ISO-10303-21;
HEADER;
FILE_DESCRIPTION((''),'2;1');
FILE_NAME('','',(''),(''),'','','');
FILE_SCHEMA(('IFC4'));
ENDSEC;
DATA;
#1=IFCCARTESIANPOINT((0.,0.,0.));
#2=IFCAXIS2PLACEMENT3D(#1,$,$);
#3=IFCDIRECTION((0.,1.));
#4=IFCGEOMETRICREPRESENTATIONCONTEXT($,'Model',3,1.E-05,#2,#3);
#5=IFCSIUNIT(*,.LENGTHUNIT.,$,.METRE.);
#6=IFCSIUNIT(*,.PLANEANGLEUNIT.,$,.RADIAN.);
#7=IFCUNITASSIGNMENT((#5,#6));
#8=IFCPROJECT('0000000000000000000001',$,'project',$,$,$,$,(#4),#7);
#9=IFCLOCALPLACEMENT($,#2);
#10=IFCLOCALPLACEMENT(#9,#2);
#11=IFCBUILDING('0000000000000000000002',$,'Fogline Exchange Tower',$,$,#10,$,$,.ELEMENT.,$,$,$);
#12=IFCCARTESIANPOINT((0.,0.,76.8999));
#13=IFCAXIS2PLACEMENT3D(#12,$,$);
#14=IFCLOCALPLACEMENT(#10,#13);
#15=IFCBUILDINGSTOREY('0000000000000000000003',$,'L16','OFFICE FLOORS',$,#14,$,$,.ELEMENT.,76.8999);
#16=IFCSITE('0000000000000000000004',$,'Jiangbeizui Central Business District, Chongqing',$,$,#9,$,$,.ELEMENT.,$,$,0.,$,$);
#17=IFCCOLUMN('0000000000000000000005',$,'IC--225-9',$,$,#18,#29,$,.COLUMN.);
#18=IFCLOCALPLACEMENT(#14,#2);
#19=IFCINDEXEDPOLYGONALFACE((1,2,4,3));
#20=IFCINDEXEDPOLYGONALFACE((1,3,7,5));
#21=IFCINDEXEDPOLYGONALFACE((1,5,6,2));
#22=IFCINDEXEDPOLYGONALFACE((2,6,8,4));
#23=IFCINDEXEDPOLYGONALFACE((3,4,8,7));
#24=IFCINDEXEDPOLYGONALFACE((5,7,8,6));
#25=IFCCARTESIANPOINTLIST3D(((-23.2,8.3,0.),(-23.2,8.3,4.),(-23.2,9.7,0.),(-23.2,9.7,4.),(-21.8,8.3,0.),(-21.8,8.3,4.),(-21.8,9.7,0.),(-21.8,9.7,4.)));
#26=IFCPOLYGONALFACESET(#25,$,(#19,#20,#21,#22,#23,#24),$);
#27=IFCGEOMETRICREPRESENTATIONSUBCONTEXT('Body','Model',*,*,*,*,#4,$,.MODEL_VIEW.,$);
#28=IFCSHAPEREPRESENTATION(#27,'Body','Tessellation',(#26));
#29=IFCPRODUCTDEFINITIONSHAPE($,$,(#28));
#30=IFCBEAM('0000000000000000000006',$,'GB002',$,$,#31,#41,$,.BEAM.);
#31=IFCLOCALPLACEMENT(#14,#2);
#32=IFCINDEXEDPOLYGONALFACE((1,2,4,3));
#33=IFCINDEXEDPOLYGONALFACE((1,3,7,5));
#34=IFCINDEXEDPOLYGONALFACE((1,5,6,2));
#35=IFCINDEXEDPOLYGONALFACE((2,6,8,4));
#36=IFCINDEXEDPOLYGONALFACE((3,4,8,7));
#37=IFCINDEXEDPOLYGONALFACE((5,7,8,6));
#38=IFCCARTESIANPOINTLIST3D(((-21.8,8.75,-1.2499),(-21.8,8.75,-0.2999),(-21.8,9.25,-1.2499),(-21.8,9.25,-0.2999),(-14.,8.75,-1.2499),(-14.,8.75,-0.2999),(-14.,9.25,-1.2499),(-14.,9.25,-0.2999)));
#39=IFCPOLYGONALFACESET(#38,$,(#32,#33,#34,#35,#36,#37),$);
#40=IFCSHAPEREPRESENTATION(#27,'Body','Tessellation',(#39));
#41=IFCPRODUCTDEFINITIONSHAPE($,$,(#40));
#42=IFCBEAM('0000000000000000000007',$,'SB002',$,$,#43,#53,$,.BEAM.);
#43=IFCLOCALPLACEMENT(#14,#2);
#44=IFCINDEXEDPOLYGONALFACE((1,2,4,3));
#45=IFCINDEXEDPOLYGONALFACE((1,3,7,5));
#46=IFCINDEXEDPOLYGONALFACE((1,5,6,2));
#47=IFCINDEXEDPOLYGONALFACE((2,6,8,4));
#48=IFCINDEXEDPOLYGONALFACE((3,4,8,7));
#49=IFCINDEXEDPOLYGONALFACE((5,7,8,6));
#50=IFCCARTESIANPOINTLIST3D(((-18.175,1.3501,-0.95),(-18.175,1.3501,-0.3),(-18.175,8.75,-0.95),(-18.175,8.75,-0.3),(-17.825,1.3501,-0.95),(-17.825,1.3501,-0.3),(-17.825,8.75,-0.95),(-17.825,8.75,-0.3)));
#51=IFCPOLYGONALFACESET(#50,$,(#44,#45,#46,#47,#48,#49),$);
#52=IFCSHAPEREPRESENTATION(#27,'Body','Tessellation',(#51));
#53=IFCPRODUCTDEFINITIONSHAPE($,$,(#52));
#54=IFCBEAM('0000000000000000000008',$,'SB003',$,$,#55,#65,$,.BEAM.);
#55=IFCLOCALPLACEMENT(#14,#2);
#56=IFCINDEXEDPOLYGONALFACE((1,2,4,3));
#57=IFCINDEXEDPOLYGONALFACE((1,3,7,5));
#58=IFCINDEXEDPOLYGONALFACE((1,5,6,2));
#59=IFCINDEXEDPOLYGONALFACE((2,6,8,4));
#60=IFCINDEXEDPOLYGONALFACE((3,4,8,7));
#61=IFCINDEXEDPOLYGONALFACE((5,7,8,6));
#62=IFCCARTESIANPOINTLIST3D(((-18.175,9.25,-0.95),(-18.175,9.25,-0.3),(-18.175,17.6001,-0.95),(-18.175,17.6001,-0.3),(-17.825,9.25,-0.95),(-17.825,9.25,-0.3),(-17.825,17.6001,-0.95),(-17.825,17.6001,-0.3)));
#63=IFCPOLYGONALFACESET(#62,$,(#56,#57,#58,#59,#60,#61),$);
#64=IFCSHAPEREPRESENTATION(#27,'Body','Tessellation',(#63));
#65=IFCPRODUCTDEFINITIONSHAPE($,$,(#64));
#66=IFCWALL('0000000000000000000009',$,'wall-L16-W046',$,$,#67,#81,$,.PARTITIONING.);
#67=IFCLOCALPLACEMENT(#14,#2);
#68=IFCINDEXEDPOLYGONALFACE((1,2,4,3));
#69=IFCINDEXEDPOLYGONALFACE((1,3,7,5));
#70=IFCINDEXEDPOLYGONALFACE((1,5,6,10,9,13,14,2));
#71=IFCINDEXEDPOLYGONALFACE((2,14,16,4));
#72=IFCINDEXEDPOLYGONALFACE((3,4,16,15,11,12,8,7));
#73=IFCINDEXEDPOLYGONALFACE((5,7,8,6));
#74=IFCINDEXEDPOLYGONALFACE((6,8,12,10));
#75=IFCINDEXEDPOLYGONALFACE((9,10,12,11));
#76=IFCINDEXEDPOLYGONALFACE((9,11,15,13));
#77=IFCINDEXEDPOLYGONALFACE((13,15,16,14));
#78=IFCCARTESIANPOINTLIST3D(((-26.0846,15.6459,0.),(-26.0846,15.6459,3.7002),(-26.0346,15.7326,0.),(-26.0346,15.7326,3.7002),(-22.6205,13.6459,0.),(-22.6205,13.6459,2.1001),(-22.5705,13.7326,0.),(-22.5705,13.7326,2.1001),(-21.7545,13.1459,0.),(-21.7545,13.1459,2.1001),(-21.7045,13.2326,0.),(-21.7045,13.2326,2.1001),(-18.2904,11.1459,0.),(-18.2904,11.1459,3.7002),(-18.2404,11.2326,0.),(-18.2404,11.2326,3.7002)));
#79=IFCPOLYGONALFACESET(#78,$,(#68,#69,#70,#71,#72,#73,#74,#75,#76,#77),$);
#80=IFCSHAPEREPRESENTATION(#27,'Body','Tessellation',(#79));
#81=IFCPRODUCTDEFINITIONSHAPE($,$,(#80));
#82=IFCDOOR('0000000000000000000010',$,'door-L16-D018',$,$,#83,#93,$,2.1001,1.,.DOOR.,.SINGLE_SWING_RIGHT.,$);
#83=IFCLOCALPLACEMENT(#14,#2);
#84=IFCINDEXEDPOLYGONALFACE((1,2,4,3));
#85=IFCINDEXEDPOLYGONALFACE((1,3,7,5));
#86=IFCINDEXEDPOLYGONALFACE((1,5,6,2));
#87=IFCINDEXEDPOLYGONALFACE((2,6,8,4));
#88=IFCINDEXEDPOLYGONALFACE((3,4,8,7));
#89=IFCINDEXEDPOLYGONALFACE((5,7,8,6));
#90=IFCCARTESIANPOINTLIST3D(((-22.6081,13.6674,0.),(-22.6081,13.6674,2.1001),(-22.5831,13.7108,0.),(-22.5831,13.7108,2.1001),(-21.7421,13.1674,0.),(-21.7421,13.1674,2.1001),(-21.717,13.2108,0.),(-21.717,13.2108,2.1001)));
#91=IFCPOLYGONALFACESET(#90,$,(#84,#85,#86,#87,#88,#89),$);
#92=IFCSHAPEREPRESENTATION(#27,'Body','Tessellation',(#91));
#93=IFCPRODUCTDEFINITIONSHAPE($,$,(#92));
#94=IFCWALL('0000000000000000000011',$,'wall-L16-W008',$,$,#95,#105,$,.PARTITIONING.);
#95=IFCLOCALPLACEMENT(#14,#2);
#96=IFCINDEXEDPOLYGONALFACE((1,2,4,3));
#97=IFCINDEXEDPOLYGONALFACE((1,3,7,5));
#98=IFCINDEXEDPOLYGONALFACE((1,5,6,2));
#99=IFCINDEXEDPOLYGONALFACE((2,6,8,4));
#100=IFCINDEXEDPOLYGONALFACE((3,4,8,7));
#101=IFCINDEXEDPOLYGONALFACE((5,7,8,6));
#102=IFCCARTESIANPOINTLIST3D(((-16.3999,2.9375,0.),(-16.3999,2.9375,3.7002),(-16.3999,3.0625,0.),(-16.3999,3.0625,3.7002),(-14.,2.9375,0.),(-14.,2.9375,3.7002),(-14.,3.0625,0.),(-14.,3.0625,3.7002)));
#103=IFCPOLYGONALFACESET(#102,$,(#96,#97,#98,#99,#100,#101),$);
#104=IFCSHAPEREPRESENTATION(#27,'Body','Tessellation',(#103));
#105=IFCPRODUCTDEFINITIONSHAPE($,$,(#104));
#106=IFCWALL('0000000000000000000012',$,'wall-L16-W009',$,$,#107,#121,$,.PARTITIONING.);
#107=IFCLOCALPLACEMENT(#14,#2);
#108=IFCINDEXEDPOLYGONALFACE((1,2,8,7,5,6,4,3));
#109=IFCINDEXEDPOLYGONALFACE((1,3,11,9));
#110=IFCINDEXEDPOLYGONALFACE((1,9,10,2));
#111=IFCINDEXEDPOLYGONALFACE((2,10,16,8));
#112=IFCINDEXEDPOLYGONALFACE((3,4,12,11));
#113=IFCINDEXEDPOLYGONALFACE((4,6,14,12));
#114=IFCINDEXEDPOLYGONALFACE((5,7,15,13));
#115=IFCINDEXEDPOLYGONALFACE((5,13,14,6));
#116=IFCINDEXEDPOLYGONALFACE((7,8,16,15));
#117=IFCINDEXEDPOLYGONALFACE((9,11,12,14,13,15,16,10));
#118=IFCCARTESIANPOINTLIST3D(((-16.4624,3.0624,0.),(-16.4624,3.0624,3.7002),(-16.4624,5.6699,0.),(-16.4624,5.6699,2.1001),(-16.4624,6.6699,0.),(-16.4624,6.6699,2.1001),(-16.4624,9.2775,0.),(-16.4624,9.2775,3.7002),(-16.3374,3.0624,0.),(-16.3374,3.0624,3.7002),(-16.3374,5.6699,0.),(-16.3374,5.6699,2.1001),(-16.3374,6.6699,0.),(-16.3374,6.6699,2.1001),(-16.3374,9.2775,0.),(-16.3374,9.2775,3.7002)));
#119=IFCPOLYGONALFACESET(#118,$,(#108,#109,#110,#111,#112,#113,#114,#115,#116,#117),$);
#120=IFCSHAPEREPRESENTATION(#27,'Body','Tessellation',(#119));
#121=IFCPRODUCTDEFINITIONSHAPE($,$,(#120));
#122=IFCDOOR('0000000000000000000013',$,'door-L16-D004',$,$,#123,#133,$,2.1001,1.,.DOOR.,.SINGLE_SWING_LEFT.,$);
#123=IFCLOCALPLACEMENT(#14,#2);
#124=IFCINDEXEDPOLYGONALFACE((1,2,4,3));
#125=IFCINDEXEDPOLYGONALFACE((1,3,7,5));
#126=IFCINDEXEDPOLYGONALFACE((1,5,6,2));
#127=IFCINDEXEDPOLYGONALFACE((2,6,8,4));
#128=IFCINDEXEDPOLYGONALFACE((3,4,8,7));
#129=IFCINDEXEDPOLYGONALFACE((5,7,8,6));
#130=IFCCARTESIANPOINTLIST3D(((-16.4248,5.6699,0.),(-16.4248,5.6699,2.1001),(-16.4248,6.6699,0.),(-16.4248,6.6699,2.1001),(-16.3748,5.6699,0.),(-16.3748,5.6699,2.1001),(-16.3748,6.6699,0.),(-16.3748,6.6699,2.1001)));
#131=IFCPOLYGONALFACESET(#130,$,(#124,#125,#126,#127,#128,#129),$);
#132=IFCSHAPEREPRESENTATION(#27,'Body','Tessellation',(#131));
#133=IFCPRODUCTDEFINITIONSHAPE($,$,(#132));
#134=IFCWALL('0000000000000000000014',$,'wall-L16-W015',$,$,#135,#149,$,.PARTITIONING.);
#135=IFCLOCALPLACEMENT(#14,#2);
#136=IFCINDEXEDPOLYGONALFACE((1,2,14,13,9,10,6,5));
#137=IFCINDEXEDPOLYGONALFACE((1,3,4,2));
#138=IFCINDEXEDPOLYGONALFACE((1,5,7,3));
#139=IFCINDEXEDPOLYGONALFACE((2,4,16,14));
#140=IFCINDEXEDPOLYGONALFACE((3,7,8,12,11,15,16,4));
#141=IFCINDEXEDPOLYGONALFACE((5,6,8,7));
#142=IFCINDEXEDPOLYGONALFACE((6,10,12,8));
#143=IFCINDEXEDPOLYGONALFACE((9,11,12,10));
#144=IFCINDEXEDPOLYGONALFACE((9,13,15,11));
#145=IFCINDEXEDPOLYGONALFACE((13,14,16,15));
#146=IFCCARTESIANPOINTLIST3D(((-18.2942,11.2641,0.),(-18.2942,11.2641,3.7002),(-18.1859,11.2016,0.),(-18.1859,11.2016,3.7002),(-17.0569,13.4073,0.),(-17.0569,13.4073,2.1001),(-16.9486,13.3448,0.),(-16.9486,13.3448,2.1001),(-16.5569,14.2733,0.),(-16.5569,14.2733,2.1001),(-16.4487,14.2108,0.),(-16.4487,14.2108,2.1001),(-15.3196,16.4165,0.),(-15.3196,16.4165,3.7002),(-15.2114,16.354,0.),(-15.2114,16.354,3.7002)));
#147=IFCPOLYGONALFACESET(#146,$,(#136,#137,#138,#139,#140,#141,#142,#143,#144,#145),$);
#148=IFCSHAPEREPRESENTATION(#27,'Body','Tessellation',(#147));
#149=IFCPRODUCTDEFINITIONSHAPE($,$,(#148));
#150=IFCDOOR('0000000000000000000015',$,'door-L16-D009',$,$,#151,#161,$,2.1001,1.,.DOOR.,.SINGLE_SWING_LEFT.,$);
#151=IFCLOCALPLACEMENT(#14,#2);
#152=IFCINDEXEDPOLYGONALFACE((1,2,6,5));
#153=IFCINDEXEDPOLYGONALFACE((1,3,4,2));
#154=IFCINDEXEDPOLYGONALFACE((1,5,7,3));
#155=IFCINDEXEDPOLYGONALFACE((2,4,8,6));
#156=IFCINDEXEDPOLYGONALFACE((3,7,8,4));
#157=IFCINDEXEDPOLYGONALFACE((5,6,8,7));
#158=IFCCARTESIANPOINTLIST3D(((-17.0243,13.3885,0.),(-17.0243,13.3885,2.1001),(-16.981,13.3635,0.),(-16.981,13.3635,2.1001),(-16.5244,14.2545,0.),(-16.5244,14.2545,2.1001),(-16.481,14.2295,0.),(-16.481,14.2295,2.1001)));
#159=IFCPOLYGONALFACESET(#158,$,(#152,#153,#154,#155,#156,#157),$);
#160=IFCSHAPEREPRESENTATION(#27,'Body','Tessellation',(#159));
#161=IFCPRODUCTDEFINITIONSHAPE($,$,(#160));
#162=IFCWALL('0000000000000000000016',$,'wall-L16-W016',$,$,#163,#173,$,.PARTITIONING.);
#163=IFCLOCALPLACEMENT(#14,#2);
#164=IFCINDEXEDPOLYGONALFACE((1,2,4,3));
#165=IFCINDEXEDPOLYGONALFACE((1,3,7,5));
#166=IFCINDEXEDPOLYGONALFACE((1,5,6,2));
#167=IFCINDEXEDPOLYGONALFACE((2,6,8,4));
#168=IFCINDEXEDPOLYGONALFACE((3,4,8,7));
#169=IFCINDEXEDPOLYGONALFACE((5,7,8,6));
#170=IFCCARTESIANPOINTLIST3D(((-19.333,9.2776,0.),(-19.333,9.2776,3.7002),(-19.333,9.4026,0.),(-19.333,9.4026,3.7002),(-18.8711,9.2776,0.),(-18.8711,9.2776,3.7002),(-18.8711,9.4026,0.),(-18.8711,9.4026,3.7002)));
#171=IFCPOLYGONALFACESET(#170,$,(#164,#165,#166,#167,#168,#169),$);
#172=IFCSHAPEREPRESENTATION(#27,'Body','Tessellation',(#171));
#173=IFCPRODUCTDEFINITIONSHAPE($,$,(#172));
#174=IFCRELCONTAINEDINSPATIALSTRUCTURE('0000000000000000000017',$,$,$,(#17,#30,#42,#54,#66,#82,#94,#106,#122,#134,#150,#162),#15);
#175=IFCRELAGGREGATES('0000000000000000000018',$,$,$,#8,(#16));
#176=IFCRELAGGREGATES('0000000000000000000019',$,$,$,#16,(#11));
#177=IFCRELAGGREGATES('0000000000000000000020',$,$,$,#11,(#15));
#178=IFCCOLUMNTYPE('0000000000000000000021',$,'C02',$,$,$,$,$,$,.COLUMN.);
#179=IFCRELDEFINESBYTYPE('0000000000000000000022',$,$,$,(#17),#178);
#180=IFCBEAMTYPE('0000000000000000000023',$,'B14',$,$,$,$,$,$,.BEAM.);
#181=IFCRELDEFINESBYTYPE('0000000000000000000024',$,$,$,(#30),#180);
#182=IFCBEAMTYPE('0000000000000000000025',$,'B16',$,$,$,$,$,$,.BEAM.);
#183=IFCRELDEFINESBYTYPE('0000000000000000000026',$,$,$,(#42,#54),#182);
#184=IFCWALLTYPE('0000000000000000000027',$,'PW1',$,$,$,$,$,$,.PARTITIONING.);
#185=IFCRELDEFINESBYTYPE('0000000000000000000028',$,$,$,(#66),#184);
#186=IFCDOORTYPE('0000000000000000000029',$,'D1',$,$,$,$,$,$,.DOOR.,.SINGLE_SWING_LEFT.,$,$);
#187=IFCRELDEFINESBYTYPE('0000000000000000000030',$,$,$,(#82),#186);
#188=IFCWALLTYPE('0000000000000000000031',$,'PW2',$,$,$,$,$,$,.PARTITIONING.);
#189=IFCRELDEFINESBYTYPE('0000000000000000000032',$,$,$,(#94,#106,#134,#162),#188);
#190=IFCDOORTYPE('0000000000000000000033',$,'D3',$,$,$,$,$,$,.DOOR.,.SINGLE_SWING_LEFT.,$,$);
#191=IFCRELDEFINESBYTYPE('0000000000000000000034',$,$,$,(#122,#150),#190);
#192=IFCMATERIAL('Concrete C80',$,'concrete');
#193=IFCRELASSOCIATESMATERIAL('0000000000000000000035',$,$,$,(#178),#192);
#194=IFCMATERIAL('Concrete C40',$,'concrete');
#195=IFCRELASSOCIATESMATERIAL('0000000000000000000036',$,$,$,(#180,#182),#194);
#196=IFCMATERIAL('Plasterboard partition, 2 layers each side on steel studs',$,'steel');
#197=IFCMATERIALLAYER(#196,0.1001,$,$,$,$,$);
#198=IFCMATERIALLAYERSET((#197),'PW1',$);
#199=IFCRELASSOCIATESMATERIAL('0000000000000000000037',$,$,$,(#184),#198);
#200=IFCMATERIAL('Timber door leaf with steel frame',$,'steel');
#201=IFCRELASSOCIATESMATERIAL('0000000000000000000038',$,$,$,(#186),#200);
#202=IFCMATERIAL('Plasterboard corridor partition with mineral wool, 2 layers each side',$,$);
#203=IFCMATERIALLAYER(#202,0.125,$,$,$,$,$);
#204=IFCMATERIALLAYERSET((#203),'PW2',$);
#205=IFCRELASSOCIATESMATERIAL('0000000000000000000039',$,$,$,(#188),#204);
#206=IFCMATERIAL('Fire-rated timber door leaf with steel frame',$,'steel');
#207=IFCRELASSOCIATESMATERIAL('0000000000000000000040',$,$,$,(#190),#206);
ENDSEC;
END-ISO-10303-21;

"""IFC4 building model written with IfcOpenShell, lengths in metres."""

from ifc_helpers import new_model, si_unit, direction, frame, frame_2d, origin, origin_2d, place, context, subcontext, project, spatial, rectangle, extrude, material, layer, layer_set, material_profile, profile_set, type_object, element, fill, save


model = new_model("IFC4")

# Units and contexts
model_context = context("Model", 3, precision=1e-05, world=origin(), true_north=direction((0.0, 1.0)))
body_context = subcontext(model_context, "Body", "Model", "MODEL_VIEW")
ifc_project = project(units=[si_unit("LENGTHUNIT", "METRE"), si_unit("PLANEANGLEUNIT", "RADIAN")], contexts=[model_context])

# Site, building, storey
site_placement = place(None, origin())
site = spatial("IfcSite", under=ifc_project, at=site_placement, Name="Jiangbeizui Central Business District, Chongqing", CompositionType="ELEMENT", RefElevation=0.0)
building_placement = place(site_placement, origin())
building = spatial("IfcBuilding", under=site, at=building_placement, Name="Fogline Exchange Tower", CompositionType="ELEMENT")
storey_placement = place(building_placement, frame((0.0, 0.0, 76.8999)))
storey = spatial("IfcBuildingStorey", under=building, at=storey_placement, Name="L16", Description="OFFICE FLOORS", CompositionType="ELEMENT", Elevation=76.8999)

# Column
ifc_material_1 = material(Name="Concrete C80", Category="concrete")
ifc_material_profile_1 = material_profile(ifc_material_1, rectangle(XDim=1.3999, YDim=1.3999, at=origin_2d()), Name="RC 1400x1400")
ifc_profile_set_1 = profile_set([ifc_material_profile_1], Name="Concrete C80")
column_type = type_object("IfcColumnType", Name="C02", PredefinedType="COLUMN", material=ifc_profile_set_1)
column_placement = place(storey_placement, frame((-22.5, 9.0, 0.0), z_axis=(0.0, 0.0, 1.0), x_axis=(1.0, 0.0, 0.0)))
element("IfcColumn", 1, at=column_placement, inside=storey, type_object=column_type, Name="IC--225-9", PredefinedType="COLUMN", context=body_context, shape_type="SweptSolid", body=[
    extrude(rectangle(XDim=1.3999, YDim=1.3999, at=origin_2d()), origin(), (0.0, 0.0, 1.0), 4.0),
])

# Beams
ifc_material_2 = material(Name="Concrete C40", Category="concrete")
ifc_material_profile_2 = material_profile(ifc_material_2, rectangle(XDim=0.5, YDim=0.95, at=origin_2d()), Name="RC 500x950")
ifc_profile_set_2 = profile_set([ifc_material_profile_2], Name="Concrete C40")
beam_type_1 = type_object("IfcBeamType", Name="B14", PredefinedType="BEAM", material=ifc_profile_set_2)
beam_1_placement = place(storey_placement, frame((-21.8, 9.0, -0.7749), z_axis=(1.0, 0.0, 0.0), x_axis=(0.0, 1.0, 0.0)))
element("IfcBeam", 2, at=beam_1_placement, inside=storey, type_object=beam_type_1, Name="GB002", PredefinedType="BEAM", context=body_context, shape_type="SweptSolid", body=[
    extrude(rectangle(XDim=0.5, YDim=0.95, at=origin_2d()), origin(), (0.0, 0.0, 1.0), 7.8),
])
ifc_material_profile_3 = material_profile(ifc_material_2, rectangle(XDim=0.3501, YDim=0.6499, at=origin_2d()), Name="RC 350x650")
ifc_profile_set_3 = profile_set([ifc_material_profile_3], Name="Concrete C40")
beam_type_2 = type_object("IfcBeamType", Name="B16", PredefinedType="BEAM", material=ifc_profile_set_3)
beam_2_placement = place(storey_placement, frame((-18.0, 1.3501, -0.625), z_axis=(0.0, 1.0, 0.0), x_axis=(-1.0, 0.0, 0.0)))
element("IfcBeam", 3, at=beam_2_placement, inside=storey, type_object=beam_type_2, Name="SB002", PredefinedType="BEAM", context=body_context, shape_type="SweptSolid", body=[
    extrude(rectangle(XDim=0.3501, YDim=0.6499, at=origin_2d()), origin(), (0.0, 0.0, 1.0), 7.3999),
])
beam_3_placement = place(storey_placement, frame((-18.0, 9.25, -0.625), z_axis=(0.0, 1.0, 0.0), x_axis=(-1.0, 0.0, 0.0)))
element("IfcBeam", 4, at=beam_3_placement, inside=storey, type_object=beam_type_2, Name="SB003", PredefinedType="BEAM", context=body_context, shape_type="SweptSolid", body=[
    extrude(rectangle(XDim=0.3501, YDim=0.6499, at=origin_2d()), origin(), (0.0, 0.0, 1.0), 8.3501),
])

# Wall, opening, door
ifc_material_3 = material(Name="Plasterboard partition, 2 layers each side on steel studs", Category="steel")
ifc_layer_1 = layer(ifc_material_3, 0.1001)
ifc_layer_set_1 = layer_set([ifc_layer_1], Name="PW1")
wall_type_1 = type_object("IfcWallType", Name="PW1", PredefinedType="PARTITIONING", material=ifc_layer_set_1)
wall_1_placement = place(storey_placement, frame((-18.2654, 11.1892, 0.0), z_axis=(0.0, 0.0, 1.0), x_axis=(-0.866024, 0.500002, 0.0)))
wall_1 = element("IfcWall", 5, at=wall_1_placement, inside=storey, type_object=wall_type_1, Name="wall-L16-W046", PredefinedType="PARTITIONING", context=body_context, shape_type="SweptSolid", body=[
    extrude(rectangle(XDim=9.0, YDim=0.1001, at=frame_2d((4.5, 0.0))), origin(), (0.0, 0.0, 1.0), 3.7002),
])
opening_1_placement = place(wall_1_placement, frame((4.0, 0.0, 0.0)))
opening_1 = element("IfcOpeningElement", 6, at=opening_1_placement, cuts=wall_1, PredefinedType="OPENING", context=body_context, shape_type="SweptSolid", body=[
    extrude(rectangle(XDim=1.0, YDim=2.1001, at=frame_2d((0.5, 1.05))), frame((0.0, 0.0601, 0.0), z_axis=(0.0, -1.0, 0.0), x_axis=(1.0, 0.0, 0.0)), (0.0, 0.0, 1.0), 0.1201),
])
ifc_material_4 = material(Name="Timber door leaf with steel frame", Category="steel")
door_type_1 = type_object("IfcDoorType", Name="D1", OperationType="SINGLE_SWING_LEFT", PredefinedType="DOOR", material=ifc_material_4)
door_1_placement = place(opening_1_placement, frame((1.0, 0.0, 0.0), z_axis=(0.0, 0.0, 1.0), x_axis=(-1.0, 0.0, 0.0)))
door_1 = element("IfcDoor", 7, at=door_1_placement, inside=storey, type_object=door_type_1, Name="door-L16-D018", OperationType="SINGLE_SWING_RIGHT", OverallHeight=2.1001, OverallWidth=1.0, PredefinedType="DOOR", context=body_context, shape_type="SweptSolid", body=[
    extrude(rectangle(XDim=1.0, YDim=2.1001, at=frame_2d((0.5, 1.05))), frame((0.0, 0.0249, 0.0), z_axis=(0.0, -1.0, 0.0), x_axis=(1.0, 0.0, 0.0)), (0.0, 0.0, 1.0), 0.05),
])
fill(opening_1, door_1)

# Wall
ifc_material_5 = material(Name="Plasterboard corridor partition with mineral wool, 2 layers each side")
ifc_layer_2 = layer(ifc_material_5, 0.125)
ifc_layer_set_2 = layer_set([ifc_layer_2], Name="PW2")
wall_type_2 = type_object("IfcWallType", Name="PW2", PredefinedType="PARTITIONING", material=ifc_layer_set_2)
wall_2_placement = place(storey_placement, frame((-14.0, 3.0, 0.0), z_axis=(0.0, 0.0, 1.0), x_axis=(-1.0, 0.0, 0.0)))
element("IfcWall", 8, at=wall_2_placement, inside=storey, type_object=wall_type_2, Name="wall-L16-W008", PredefinedType="PARTITIONING", context=body_context, shape_type="SweptSolid", body=[
    extrude(rectangle(XDim=2.3999, YDim=0.125, at=frame_2d((1.2, 0.0))), origin(), (0.0, 0.0, 1.0), 3.7002),
])

# Walls, openings, doors
wall_3_placement = place(storey_placement, frame((-16.3999, 3.0625, 0.0), z_axis=(0.0, 0.0, 1.0), x_axis=(0.0, 1.0, 0.0)))
wall_3 = element("IfcWall", 9, at=wall_3_placement, inside=storey, type_object=wall_type_2, Name="wall-L16-W009", PredefinedType="PARTITIONING", context=body_context, shape_type="SweptSolid", body=[
    extrude(rectangle(XDim=6.2151, YDim=0.125, at=frame_2d((3.1074, 0.0))), origin(), (0.0, 0.0, 1.0), 3.7002),
])
opening_2_placement = place(wall_3_placement, frame((2.6074, 0.0, 0.0)))
opening_2 = element("IfcOpeningElement", 10, at=opening_2_placement, cuts=wall_3, PredefinedType="OPENING", context=body_context, shape_type="SweptSolid", body=[
    extrude(rectangle(XDim=1.0, YDim=2.1001, at=frame_2d((0.5, 1.05))), frame((0.0, 0.0725, 0.0), z_axis=(0.0, -1.0, 0.0), x_axis=(1.0, 0.0, 0.0)), (0.0, 0.0, 1.0), 0.145),
])
ifc_material_6 = material(Name="Fire-rated timber door leaf with steel frame", Category="steel")
door_type_2 = type_object("IfcDoorType", Name="D3", OperationType="SINGLE_SWING_LEFT", PredefinedType="DOOR", material=ifc_material_6)
door_2_placement = place(opening_2_placement, origin())
door_2 = element("IfcDoor", 11, at=door_2_placement, inside=storey, type_object=door_type_2, Name="door-L16-D004", OperationType="SINGLE_SWING_LEFT", OverallHeight=2.1001, OverallWidth=1.0, PredefinedType="DOOR", context=body_context, shape_type="SweptSolid", body=[
    extrude(rectangle(XDim=1.0, YDim=2.1001, at=frame_2d((0.5, 1.05))), frame((0.0, 0.0249, 0.0), z_axis=(0.0, -1.0, 0.0), x_axis=(1.0, 0.0, 0.0)), (0.0, 0.0, 1.0), 0.05),
])
fill(opening_2, door_2)
wall_4_placement = place(storey_placement, frame((-18.24, 11.2329, 0.0), z_axis=(0.0, 0.0, 1.0), x_axis=(0.49997, 0.866043, 0.0)))
wall_4 = element("IfcWall", 12, at=wall_4_placement, inside=storey, type_object=wall_type_2, Name="wall-L16-W015", PredefinedType="PARTITIONING", context=body_context, shape_type="SweptSolid", body=[
    extrude(rectangle(XDim=5.9495, YDim=0.125, at=frame_2d((2.9746, 0.0))), origin(), (0.0, 0.0, 1.0), 3.7002),
])
opening_3_placement = place(wall_4_placement, frame((2.4746, 0.0, 0.0)))
opening_3 = element("IfcOpeningElement", 13, at=opening_3_placement, cuts=wall_4, PredefinedType="OPENING", context=body_context, shape_type="SweptSolid", body=[
    extrude(rectangle(XDim=1.0, YDim=2.1001, at=frame_2d((0.5, 1.05))), frame((0.0, 0.0725, 0.0), z_axis=(0.0, -1.0, 0.0), x_axis=(1.0, 0.0, 0.0)), (0.0, 0.0, 1.0), 0.145),
])
door_3_placement = place(opening_3_placement, origin())
door_3 = element("IfcDoor", 14, at=door_3_placement, inside=storey, type_object=door_type_2, Name="door-L16-D009", OperationType="SINGLE_SWING_LEFT", OverallHeight=2.1001, OverallWidth=1.0, PredefinedType="DOOR", context=body_context, shape_type="SweptSolid", body=[
    extrude(rectangle(XDim=1.0, YDim=2.1001, at=frame_2d((0.5, 1.05))), frame((0.0, 0.0249, 0.0), z_axis=(0.0, -1.0, 0.0), x_axis=(1.0, 0.0, 0.0)), (0.0, 0.0, 1.0), 0.05),
])
fill(opening_3, door_3)

# Wall
wall_5_placement = place(storey_placement, frame((-18.8711, 9.3401, 0.0), z_axis=(0.0, 0.0, 1.0), x_axis=(-1.0, 0.0, 0.0)))
element("IfcWall", 15, at=wall_5_placement, inside=storey, type_object=wall_type_2, Name="wall-L16-W016", PredefinedType="PARTITIONING", context=body_context, shape_type="SweptSolid", body=[
    extrude(rectangle(XDim=0.4619, YDim=0.125, at=frame_2d((0.231, 0.0))), origin(), (0.0, 0.0, 1.0), 3.7002),
])

save(model, "model.ifc")
